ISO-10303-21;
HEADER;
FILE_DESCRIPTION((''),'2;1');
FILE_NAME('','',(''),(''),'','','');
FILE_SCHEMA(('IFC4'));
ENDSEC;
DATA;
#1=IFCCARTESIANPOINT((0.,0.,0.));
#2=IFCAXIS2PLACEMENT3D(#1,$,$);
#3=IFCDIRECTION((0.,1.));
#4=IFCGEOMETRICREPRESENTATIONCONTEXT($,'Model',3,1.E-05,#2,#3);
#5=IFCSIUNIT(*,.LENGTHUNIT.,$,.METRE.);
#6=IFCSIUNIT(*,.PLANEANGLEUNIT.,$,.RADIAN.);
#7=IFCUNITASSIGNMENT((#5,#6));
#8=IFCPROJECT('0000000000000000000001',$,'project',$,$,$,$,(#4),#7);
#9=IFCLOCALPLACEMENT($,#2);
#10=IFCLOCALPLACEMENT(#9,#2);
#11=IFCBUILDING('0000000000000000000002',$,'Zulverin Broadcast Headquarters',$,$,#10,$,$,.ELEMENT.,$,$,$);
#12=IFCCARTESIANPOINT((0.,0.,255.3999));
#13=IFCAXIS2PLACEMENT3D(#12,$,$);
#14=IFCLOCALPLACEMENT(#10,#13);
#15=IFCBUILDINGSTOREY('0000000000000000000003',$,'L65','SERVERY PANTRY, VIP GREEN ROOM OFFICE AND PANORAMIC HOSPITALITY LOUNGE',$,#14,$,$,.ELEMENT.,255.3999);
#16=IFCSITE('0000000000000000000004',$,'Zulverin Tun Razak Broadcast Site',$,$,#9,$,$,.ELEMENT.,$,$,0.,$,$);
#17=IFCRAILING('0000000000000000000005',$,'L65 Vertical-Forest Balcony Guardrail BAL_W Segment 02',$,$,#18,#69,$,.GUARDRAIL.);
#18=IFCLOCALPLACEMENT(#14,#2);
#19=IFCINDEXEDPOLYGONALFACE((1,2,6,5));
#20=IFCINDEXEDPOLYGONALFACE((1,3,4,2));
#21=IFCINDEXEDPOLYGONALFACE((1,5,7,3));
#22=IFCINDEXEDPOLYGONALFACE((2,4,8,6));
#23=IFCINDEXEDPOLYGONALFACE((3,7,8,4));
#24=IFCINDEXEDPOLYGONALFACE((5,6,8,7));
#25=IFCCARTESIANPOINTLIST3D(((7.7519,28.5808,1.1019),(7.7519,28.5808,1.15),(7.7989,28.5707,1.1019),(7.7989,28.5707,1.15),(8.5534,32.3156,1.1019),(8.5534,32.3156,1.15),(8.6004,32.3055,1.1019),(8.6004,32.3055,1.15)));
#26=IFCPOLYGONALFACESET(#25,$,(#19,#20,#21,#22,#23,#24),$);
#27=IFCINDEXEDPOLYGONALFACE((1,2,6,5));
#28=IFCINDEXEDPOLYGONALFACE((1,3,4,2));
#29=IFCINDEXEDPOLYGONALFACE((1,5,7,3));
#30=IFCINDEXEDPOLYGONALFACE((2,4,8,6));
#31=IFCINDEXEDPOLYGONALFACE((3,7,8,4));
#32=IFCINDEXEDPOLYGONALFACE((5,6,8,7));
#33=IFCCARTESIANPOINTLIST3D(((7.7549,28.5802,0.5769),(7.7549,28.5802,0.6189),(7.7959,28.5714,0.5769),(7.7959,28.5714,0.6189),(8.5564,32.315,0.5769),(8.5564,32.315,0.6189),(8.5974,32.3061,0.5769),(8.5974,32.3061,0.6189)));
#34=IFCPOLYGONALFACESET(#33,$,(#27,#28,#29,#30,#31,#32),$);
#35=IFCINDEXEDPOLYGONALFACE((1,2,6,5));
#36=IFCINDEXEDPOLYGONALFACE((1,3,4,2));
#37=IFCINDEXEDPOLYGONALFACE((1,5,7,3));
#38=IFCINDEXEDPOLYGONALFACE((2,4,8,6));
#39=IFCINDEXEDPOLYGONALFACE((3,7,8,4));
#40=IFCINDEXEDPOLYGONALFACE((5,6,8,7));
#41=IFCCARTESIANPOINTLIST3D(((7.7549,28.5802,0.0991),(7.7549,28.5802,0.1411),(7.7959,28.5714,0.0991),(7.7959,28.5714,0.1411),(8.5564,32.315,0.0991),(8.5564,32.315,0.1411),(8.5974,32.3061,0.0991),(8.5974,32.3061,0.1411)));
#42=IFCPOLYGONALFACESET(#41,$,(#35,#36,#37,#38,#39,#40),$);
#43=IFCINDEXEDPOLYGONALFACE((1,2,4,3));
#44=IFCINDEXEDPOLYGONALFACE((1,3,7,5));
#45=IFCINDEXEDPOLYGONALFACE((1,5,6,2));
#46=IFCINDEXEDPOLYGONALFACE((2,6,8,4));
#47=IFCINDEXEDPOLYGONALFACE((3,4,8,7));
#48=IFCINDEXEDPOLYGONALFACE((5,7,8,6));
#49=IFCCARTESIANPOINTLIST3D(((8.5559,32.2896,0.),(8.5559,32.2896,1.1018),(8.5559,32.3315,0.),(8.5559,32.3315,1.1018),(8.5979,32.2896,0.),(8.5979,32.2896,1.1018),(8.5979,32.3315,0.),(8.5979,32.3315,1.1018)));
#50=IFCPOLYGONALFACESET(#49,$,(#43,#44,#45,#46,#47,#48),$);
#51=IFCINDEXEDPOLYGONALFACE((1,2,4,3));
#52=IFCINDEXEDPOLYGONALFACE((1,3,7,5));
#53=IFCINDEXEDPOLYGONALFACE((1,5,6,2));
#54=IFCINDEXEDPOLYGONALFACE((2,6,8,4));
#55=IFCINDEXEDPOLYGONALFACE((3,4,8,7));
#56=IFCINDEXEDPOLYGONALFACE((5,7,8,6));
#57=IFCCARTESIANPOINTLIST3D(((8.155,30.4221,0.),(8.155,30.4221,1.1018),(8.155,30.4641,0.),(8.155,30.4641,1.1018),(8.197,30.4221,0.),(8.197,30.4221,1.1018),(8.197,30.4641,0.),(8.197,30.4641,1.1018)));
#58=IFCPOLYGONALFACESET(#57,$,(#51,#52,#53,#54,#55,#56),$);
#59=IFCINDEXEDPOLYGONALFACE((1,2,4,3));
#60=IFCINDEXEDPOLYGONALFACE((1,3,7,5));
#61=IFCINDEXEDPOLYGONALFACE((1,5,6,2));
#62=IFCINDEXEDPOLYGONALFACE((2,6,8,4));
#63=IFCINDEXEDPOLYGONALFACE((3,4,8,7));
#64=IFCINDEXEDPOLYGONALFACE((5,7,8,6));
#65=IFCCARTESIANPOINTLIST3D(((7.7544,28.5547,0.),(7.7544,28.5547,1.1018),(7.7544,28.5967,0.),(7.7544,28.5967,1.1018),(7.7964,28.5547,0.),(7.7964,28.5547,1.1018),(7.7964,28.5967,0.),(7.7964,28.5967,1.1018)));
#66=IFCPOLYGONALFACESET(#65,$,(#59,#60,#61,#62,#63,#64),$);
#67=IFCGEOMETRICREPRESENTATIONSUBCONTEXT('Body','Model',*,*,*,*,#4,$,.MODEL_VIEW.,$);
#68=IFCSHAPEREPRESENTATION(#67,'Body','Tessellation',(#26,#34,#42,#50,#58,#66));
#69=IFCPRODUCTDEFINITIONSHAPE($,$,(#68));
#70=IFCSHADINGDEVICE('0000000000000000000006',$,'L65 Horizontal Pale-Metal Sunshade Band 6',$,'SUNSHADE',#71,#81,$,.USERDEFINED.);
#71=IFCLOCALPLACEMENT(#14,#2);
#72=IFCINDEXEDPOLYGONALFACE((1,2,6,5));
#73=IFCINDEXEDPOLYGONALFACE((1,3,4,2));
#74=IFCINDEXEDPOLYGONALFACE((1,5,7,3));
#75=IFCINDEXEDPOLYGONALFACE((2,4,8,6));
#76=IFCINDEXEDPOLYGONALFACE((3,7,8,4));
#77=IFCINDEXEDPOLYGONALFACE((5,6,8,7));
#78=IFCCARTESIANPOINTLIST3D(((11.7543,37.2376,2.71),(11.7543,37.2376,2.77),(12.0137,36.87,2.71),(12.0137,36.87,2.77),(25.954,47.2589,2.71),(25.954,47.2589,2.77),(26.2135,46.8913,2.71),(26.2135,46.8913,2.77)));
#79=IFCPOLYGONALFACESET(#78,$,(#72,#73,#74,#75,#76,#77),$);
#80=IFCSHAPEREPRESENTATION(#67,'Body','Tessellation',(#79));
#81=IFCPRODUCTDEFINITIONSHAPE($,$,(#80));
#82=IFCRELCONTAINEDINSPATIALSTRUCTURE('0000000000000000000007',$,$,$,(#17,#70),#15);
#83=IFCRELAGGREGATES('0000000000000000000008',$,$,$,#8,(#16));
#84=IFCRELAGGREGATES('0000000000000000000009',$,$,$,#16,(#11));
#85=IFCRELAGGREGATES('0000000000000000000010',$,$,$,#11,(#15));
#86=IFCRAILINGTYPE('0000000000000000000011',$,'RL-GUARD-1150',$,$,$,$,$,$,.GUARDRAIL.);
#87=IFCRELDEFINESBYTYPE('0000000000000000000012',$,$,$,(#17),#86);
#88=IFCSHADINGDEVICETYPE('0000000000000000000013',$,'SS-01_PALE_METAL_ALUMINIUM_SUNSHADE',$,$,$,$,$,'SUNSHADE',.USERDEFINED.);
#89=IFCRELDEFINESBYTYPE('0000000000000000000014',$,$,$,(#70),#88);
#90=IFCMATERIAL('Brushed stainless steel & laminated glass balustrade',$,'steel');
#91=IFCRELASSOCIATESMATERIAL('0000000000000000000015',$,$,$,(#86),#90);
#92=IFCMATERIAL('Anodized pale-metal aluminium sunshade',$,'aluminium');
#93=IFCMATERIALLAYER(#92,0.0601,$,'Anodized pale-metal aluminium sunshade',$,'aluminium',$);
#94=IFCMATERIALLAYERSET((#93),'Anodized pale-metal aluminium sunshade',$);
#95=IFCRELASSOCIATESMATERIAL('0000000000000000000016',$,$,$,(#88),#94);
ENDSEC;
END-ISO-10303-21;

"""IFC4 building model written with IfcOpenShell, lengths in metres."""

from ifc_helpers import new_model, si_unit, direction, frame, origin, origin_2d, place, context, subcontext, project, spatial, rectangle, extrude, material, layer, layer_set, type_object, element, save


model = new_model("IFC4")

# Units and contexts
model_context = context("Model", 3, precision=1e-05, world=origin(), true_north=direction((0.0, 1.0)))
body_context = subcontext(model_context, "Body", "Model", "MODEL_VIEW")
ifc_project = project(units=[si_unit("LENGTHUNIT", "METRE"), si_unit("PLANEANGLEUNIT", "RADIAN")], contexts=[model_context])

# Site, building, storey
site_placement = place(None, origin())
site = spatial("IfcSite", under=ifc_project, at=site_placement, Name="Zulverin Tun Razak Broadcast Site", CompositionType="ELEMENT", RefElevation=0.0)
building_placement = place(site_placement, origin())
building = spatial("IfcBuilding", under=site, at=building_placement, Name="Zulverin Broadcast Headquarters", CompositionType="ELEMENT")
storey_placement = place(building_placement, frame((0.0, 0.0, 255.3999)))
storey = spatial("IfcBuildingStorey", under=building, at=storey_placement, Name="L65", Description="SERVERY PANTRY, VIP GREEN ROOM OFFICE AND PANORAMIC HOSPITALITY LOUNGE", CompositionType="ELEMENT", Elevation=255.3999)

# Railing
ifc_material_1 = material(Name="Brushed stainless steel & laminated glass balustrade", Category="steel")
railing_type = type_object("IfcRailingType", Name="RL-GUARD-1150", PredefinedType="GUARDRAIL", material=ifc_material_1)
railing_placement = place(storey_placement, frame((8.5769, 32.3105, 0.0)))
element("IfcRailing", 1, at=railing_placement, inside=storey, type_object=railing_type, Name="L65 Vertical-Forest Balcony Guardrail BAL_W Segment 02", PredefinedType="GUARDRAIL", context=body_context, shape_type="SweptSolid", body=[
    extrude(rectangle(XDim=0.0481, YDim=0.0481, at=origin_2d()), frame((0.0, 0.0, 1.126), z_axis=(-0.209826, -0.977739, 0.0), x_axis=(0.977739, -0.209826, 0.0)), (0.0, 0.0, 1.0), 3.8198),
    extrude(rectangle(XDim=0.042, YDim=0.042, at=origin_2d()), frame((0.0, 0.0, 0.5979), z_axis=(-0.209826, -0.977739, 0.0), x_axis=(0.977739, -0.209826, 0.0)), (0.0, 0.0, 1.0), 3.8198),
    extrude(rectangle(XDim=0.042, YDim=0.042, at=origin_2d()), frame((0.0, 0.0, 0.1201), z_axis=(-0.209826, -0.977739, 0.0), x_axis=(0.977739, -0.209826, 0.0)), (0.0, 0.0, 1.0), 3.8198),
    extrude(rectangle(XDim=0.042, YDim=0.042, at=origin_2d()), origin(), (0.0, 0.0, 1.0), 1.1018),
    extrude(rectangle(XDim=0.042, YDim=0.042, at=origin_2d()), frame((-0.4009, -1.8674, 0.0)), (0.0, 0.0, 1.0), 1.1018),
    extrude(rectangle(XDim=0.042, YDim=0.042, at=origin_2d()), frame((-0.8015, -3.7349, 0.0)), (0.0, 0.0, 1.0), 1.1018),
])

# Shading device
ifc_material_2 = material(Name="Anodized pale-metal aluminium sunshade", Category="aluminium")
ifc_layer_1 = layer(ifc_material_2, 0.0601, Name="Anodized pale-metal aluminium sunshade", Category="aluminium")
ifc_layer_set_1 = layer_set([ifc_layer_1], Name="Anodized pale-metal aluminium sunshade")
shading_device_type = type_object("IfcShadingDeviceType", Name="SS-01_PALE_METAL_ALUMINIUM_SUNSHADE", ElementType="SUNSHADE", PredefinedType="USERDEFINED", material=ifc_layer_set_1)
shading_device_placement = place(storey_placement, frame((18.9839, 42.0645, 2.71), z_axis=(0.0, 0.0, 1.0), x_axis=(-0.817023, -0.576605, 0.0)))
element("IfcShadingDevice", 2, at=shading_device_placement, inside=storey, type_object=shading_device_type, Name="L65 Horizontal Pale-Metal Sunshade Band 6", ObjectType="SUNSHADE", PredefinedType="USERDEFINED", context=body_context, shape_type="SweptSolid", body=[
    extrude(rectangle(XDim=17.3799, YDim=0.45, at=origin_2d()), origin(), (0.0, 0.0, 1.0), 0.0601),
])

save(model, "model.ifc")
